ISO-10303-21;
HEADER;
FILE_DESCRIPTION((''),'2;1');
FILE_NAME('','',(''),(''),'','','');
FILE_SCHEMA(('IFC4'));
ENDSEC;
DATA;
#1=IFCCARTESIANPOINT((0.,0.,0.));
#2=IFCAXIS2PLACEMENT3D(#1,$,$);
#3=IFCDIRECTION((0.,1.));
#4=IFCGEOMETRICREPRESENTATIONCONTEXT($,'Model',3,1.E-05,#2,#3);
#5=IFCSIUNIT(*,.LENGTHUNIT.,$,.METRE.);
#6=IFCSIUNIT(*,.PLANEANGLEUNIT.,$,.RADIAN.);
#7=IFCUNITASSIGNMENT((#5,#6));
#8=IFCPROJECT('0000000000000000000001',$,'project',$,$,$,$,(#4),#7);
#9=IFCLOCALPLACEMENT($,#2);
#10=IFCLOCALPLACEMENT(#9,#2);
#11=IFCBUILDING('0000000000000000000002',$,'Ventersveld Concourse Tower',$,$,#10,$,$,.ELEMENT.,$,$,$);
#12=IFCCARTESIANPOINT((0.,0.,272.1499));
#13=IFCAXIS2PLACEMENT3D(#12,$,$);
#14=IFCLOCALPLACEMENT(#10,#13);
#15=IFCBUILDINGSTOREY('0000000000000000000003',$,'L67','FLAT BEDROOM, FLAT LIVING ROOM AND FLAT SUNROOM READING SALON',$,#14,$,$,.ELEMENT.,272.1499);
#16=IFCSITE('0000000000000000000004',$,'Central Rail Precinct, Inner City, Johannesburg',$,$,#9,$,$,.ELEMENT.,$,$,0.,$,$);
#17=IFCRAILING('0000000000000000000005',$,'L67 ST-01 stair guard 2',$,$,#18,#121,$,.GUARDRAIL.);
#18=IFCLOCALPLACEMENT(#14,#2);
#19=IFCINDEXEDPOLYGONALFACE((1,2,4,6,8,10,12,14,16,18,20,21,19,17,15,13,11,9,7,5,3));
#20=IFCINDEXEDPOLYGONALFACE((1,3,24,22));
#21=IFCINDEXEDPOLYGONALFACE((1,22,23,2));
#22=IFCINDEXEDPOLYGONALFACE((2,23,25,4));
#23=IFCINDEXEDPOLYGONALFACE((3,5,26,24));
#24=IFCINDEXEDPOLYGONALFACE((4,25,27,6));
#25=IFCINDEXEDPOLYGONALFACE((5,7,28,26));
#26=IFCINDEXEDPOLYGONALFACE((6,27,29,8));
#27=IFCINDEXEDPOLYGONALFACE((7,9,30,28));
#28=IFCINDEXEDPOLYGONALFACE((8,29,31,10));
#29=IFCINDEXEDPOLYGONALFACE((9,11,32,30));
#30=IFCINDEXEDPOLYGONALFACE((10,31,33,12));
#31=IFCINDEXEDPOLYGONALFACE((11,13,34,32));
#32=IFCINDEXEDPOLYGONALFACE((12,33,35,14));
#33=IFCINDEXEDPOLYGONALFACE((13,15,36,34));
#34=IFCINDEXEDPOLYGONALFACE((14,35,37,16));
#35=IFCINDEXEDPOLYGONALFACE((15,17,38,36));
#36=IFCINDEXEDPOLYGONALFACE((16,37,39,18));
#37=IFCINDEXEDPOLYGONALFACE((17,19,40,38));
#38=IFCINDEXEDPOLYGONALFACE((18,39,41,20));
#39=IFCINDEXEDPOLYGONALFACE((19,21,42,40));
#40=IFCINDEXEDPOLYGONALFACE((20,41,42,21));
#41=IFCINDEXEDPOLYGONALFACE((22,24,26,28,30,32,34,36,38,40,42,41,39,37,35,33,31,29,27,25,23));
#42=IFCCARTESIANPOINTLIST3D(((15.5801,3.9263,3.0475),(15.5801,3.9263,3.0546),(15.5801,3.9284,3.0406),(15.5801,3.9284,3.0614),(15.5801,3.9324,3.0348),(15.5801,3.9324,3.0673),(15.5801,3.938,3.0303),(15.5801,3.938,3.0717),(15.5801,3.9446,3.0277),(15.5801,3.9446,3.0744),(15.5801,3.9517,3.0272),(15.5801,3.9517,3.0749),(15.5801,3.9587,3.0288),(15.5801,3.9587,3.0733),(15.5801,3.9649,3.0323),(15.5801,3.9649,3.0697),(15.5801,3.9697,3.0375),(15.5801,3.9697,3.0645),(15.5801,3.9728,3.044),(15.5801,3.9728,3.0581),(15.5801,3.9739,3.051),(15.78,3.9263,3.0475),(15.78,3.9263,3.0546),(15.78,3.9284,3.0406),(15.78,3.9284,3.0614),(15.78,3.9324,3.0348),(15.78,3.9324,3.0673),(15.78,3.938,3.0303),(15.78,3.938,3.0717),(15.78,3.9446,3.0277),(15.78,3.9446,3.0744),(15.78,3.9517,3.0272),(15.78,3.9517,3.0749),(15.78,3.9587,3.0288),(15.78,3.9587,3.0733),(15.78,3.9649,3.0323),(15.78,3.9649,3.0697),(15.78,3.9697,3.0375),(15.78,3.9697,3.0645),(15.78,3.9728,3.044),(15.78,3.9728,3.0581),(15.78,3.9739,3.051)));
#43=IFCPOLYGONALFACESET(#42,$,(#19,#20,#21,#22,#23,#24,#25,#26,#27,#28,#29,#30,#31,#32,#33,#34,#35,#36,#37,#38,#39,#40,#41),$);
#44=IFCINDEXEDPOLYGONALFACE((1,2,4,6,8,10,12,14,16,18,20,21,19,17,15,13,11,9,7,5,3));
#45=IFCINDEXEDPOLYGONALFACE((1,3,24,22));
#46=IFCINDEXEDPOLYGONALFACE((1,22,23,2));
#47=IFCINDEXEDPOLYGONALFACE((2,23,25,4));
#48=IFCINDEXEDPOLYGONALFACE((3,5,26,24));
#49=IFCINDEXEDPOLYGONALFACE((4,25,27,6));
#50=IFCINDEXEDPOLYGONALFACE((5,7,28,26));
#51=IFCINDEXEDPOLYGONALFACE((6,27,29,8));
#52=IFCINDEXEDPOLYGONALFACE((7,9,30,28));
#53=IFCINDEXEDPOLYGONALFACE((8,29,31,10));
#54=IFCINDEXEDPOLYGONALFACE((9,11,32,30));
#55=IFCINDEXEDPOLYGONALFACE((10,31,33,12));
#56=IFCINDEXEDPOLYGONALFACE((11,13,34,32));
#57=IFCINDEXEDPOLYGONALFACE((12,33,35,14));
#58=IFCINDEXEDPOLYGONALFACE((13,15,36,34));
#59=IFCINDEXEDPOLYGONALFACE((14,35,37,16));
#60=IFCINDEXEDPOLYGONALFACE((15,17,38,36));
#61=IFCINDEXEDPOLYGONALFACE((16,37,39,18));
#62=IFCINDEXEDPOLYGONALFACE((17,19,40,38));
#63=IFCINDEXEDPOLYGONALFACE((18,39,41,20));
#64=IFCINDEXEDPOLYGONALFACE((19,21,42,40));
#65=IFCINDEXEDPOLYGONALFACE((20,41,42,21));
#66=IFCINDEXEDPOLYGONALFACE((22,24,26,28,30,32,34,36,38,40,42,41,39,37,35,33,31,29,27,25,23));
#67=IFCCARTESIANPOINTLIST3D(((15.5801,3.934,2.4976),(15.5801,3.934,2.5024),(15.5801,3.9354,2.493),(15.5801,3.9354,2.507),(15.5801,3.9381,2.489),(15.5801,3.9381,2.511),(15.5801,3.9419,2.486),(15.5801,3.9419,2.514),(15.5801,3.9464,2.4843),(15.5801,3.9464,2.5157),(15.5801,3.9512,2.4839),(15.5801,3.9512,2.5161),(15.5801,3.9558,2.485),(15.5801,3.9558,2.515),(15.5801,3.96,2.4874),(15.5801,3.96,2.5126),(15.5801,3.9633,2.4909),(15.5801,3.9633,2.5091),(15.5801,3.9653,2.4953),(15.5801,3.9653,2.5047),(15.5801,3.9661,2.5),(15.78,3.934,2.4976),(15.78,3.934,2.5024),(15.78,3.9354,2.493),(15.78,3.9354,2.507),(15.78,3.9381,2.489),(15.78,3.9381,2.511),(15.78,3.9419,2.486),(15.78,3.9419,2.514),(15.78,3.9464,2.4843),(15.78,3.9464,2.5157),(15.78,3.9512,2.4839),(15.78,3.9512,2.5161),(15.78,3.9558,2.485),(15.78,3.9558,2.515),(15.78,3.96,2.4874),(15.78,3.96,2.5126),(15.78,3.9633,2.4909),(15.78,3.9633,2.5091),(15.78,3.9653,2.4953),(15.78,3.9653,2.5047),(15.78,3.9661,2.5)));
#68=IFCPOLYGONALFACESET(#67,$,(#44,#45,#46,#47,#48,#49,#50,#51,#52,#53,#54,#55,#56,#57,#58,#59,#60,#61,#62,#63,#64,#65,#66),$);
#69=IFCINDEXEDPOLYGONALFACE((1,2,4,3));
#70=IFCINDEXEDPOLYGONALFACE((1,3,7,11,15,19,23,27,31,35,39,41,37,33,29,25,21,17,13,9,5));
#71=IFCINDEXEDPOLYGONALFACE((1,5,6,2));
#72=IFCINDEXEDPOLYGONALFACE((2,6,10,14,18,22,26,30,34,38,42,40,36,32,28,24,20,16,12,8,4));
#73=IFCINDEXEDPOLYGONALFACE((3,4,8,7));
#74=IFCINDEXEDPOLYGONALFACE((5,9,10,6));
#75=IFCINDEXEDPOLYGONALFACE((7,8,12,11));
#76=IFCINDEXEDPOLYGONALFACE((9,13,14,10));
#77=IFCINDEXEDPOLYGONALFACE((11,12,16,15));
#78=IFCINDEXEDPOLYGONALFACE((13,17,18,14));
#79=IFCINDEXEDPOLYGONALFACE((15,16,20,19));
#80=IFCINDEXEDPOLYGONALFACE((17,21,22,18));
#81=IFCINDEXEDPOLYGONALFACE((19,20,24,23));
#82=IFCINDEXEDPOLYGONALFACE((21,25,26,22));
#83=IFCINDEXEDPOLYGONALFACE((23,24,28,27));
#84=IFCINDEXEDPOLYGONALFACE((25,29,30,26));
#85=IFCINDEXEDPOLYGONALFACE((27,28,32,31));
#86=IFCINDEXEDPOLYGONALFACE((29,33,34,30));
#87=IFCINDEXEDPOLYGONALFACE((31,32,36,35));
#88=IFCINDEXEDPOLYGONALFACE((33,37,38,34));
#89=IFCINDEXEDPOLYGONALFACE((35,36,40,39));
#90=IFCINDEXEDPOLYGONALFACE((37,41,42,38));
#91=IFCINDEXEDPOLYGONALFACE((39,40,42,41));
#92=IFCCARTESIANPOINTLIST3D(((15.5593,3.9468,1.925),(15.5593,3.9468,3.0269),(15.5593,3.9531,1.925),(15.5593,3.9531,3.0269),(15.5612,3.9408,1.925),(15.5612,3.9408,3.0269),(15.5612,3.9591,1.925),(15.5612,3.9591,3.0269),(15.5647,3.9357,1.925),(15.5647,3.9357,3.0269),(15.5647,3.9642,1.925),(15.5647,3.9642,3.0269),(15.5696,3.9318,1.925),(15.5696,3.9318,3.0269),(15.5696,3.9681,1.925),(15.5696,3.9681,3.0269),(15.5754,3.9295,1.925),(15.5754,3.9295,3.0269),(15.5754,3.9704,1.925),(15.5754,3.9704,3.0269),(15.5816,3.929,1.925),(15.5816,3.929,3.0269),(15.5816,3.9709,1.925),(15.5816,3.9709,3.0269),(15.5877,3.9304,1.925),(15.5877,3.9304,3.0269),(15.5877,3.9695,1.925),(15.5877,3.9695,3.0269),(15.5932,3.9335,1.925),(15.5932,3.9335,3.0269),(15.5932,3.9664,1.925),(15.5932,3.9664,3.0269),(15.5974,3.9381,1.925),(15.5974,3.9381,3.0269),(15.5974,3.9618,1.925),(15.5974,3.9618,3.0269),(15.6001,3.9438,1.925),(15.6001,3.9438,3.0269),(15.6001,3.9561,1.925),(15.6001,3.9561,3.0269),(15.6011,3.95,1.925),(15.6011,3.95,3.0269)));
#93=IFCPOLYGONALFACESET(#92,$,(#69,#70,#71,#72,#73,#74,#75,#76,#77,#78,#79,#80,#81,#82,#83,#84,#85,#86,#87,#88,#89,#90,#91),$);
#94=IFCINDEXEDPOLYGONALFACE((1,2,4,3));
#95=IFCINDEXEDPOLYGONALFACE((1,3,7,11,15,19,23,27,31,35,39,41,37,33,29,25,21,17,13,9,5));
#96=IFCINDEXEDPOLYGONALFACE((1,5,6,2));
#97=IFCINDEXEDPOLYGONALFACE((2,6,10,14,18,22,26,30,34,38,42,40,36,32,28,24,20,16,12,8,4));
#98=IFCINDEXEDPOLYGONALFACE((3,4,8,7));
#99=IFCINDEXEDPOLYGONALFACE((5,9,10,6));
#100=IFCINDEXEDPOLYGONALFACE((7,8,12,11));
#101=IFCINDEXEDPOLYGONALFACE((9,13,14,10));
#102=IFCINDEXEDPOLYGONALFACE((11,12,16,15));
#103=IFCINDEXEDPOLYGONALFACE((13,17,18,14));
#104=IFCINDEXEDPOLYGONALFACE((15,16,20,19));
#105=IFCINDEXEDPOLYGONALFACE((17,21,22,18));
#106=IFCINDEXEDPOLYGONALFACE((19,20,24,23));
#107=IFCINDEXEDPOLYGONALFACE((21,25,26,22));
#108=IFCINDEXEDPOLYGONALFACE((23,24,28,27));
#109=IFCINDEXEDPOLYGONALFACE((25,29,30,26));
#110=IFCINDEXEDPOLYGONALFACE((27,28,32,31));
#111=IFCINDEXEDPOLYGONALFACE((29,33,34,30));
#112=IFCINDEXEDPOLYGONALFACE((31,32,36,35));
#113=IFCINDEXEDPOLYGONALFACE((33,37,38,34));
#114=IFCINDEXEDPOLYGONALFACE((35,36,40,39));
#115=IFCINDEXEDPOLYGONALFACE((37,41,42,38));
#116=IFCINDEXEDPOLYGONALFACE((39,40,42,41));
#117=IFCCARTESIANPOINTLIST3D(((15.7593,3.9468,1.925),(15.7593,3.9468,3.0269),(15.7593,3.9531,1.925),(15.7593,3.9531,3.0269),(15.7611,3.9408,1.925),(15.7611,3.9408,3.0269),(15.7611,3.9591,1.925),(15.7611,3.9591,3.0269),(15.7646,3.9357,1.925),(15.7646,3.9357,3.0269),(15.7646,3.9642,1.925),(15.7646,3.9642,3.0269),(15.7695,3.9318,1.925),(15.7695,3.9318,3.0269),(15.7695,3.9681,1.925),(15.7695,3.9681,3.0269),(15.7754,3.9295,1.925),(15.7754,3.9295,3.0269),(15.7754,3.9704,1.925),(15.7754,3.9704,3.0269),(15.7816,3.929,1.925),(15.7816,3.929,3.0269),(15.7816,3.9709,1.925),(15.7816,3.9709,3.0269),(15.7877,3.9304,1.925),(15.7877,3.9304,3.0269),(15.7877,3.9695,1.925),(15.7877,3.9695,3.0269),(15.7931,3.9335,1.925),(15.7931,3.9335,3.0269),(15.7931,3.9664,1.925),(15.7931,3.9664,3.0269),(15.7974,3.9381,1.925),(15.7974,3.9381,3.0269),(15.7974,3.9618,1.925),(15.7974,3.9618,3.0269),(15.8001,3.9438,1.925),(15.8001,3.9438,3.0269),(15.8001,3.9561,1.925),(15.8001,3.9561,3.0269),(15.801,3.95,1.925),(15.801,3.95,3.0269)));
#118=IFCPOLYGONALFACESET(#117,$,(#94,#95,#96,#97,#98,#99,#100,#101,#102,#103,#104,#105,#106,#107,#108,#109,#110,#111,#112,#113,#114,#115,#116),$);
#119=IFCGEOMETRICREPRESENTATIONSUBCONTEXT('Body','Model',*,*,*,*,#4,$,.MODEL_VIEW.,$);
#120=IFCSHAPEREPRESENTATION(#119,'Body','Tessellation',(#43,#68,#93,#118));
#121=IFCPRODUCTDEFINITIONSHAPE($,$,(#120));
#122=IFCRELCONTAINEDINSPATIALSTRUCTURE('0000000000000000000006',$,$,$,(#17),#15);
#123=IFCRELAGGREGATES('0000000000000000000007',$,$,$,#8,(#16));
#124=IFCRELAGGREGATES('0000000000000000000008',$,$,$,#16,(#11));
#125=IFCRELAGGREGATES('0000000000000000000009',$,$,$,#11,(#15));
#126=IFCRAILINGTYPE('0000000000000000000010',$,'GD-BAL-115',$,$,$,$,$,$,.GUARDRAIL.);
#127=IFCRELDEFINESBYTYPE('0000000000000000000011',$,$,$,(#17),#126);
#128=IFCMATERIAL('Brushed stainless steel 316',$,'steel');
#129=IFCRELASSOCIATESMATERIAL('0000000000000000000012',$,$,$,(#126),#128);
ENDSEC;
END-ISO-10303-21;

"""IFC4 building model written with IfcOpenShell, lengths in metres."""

from ifc_helpers import new_model, si_unit, direction, frame, origin, origin_2d, place, context, subcontext, project, spatial, circle, extrude, material, type_object, element, save


model = new_model("IFC4")

# Units and contexts
model_context = context("Model", 3, precision=1e-05, world=origin(), true_north=direction((0.0, 1.0)))
body_context = subcontext(model_context, "Body", "Model", "MODEL_VIEW")
ifc_project = project(units=[si_unit("LENGTHUNIT", "METRE"), si_unit("PLANEANGLEUNIT", "RADIAN")], contexts=[model_context])

# Site, building, storey
site_placement = place(None, origin())
site = spatial("IfcSite", under=ifc_project, at=site_placement, Name="Central Rail Precinct, Inner City, Johannesburg", CompositionType="ELEMENT", RefElevation=0.0)
building_placement = place(site_placement, origin())
building = spatial("IfcBuilding", under=site, at=building_placement, Name="Ventersveld Concourse Tower", CompositionType="ELEMENT")
storey_placement = place(building_placement, frame((0.0, 0.0, 272.1499)))
storey = spatial("IfcBuildingStorey", under=building, at=storey_placement, Name="L67", Description="FLAT BEDROOM, FLAT LIVING ROOM AND FLAT SUNROOM READING SALON", CompositionType="ELEMENT", Elevation=272.1499)

# Railing
ifc_material_1 = material(Name="Brushed stainless steel 316", Category="steel")
railing_type_1 = type_object("IfcRailingType", Name="GD-BAL-115", PredefinedType="GUARDRAIL", material=ifc_material_1)
railing_1_placement = place(storey_placement, frame((15.5801, 3.95, 1.925)))
element("IfcRailing", 1, at=railing_1_placement, inside=storey, type_object=railing_type_1, Name="L67 ST-01 stair guard 2", PredefinedType="GUARDRAIL", context=body_context, shape_type="SweptSolid", body=[
    extrude(circle(Radius=0.0239, at=origin_2d()), frame((0.0, 0.0, 1.126), z_axis=(1.0, 0.0, 0.0), x_axis=(0.0, 1.0, 0.0)), (0.0, 0.0, 1.0), 0.2),
    extrude(circle(Radius=0.0161, at=origin_2d()), frame((0.0, 0.0, 0.575), z_axis=(1.0, 0.0, 0.0), x_axis=(0.0, 1.0, 0.0)), (0.0, 0.0, 1.0), 0.2),
    extrude(circle(Radius=0.021, at=origin_2d()), origin(), (0.0, 0.0, 1.0), 1.1018),
    extrude(circle(Radius=0.021, at=origin_2d()), frame((0.2, 0.0, 0.0)), (0.0, 0.0, 1.0), 1.1018),
])

save(model, "model.ifc")
